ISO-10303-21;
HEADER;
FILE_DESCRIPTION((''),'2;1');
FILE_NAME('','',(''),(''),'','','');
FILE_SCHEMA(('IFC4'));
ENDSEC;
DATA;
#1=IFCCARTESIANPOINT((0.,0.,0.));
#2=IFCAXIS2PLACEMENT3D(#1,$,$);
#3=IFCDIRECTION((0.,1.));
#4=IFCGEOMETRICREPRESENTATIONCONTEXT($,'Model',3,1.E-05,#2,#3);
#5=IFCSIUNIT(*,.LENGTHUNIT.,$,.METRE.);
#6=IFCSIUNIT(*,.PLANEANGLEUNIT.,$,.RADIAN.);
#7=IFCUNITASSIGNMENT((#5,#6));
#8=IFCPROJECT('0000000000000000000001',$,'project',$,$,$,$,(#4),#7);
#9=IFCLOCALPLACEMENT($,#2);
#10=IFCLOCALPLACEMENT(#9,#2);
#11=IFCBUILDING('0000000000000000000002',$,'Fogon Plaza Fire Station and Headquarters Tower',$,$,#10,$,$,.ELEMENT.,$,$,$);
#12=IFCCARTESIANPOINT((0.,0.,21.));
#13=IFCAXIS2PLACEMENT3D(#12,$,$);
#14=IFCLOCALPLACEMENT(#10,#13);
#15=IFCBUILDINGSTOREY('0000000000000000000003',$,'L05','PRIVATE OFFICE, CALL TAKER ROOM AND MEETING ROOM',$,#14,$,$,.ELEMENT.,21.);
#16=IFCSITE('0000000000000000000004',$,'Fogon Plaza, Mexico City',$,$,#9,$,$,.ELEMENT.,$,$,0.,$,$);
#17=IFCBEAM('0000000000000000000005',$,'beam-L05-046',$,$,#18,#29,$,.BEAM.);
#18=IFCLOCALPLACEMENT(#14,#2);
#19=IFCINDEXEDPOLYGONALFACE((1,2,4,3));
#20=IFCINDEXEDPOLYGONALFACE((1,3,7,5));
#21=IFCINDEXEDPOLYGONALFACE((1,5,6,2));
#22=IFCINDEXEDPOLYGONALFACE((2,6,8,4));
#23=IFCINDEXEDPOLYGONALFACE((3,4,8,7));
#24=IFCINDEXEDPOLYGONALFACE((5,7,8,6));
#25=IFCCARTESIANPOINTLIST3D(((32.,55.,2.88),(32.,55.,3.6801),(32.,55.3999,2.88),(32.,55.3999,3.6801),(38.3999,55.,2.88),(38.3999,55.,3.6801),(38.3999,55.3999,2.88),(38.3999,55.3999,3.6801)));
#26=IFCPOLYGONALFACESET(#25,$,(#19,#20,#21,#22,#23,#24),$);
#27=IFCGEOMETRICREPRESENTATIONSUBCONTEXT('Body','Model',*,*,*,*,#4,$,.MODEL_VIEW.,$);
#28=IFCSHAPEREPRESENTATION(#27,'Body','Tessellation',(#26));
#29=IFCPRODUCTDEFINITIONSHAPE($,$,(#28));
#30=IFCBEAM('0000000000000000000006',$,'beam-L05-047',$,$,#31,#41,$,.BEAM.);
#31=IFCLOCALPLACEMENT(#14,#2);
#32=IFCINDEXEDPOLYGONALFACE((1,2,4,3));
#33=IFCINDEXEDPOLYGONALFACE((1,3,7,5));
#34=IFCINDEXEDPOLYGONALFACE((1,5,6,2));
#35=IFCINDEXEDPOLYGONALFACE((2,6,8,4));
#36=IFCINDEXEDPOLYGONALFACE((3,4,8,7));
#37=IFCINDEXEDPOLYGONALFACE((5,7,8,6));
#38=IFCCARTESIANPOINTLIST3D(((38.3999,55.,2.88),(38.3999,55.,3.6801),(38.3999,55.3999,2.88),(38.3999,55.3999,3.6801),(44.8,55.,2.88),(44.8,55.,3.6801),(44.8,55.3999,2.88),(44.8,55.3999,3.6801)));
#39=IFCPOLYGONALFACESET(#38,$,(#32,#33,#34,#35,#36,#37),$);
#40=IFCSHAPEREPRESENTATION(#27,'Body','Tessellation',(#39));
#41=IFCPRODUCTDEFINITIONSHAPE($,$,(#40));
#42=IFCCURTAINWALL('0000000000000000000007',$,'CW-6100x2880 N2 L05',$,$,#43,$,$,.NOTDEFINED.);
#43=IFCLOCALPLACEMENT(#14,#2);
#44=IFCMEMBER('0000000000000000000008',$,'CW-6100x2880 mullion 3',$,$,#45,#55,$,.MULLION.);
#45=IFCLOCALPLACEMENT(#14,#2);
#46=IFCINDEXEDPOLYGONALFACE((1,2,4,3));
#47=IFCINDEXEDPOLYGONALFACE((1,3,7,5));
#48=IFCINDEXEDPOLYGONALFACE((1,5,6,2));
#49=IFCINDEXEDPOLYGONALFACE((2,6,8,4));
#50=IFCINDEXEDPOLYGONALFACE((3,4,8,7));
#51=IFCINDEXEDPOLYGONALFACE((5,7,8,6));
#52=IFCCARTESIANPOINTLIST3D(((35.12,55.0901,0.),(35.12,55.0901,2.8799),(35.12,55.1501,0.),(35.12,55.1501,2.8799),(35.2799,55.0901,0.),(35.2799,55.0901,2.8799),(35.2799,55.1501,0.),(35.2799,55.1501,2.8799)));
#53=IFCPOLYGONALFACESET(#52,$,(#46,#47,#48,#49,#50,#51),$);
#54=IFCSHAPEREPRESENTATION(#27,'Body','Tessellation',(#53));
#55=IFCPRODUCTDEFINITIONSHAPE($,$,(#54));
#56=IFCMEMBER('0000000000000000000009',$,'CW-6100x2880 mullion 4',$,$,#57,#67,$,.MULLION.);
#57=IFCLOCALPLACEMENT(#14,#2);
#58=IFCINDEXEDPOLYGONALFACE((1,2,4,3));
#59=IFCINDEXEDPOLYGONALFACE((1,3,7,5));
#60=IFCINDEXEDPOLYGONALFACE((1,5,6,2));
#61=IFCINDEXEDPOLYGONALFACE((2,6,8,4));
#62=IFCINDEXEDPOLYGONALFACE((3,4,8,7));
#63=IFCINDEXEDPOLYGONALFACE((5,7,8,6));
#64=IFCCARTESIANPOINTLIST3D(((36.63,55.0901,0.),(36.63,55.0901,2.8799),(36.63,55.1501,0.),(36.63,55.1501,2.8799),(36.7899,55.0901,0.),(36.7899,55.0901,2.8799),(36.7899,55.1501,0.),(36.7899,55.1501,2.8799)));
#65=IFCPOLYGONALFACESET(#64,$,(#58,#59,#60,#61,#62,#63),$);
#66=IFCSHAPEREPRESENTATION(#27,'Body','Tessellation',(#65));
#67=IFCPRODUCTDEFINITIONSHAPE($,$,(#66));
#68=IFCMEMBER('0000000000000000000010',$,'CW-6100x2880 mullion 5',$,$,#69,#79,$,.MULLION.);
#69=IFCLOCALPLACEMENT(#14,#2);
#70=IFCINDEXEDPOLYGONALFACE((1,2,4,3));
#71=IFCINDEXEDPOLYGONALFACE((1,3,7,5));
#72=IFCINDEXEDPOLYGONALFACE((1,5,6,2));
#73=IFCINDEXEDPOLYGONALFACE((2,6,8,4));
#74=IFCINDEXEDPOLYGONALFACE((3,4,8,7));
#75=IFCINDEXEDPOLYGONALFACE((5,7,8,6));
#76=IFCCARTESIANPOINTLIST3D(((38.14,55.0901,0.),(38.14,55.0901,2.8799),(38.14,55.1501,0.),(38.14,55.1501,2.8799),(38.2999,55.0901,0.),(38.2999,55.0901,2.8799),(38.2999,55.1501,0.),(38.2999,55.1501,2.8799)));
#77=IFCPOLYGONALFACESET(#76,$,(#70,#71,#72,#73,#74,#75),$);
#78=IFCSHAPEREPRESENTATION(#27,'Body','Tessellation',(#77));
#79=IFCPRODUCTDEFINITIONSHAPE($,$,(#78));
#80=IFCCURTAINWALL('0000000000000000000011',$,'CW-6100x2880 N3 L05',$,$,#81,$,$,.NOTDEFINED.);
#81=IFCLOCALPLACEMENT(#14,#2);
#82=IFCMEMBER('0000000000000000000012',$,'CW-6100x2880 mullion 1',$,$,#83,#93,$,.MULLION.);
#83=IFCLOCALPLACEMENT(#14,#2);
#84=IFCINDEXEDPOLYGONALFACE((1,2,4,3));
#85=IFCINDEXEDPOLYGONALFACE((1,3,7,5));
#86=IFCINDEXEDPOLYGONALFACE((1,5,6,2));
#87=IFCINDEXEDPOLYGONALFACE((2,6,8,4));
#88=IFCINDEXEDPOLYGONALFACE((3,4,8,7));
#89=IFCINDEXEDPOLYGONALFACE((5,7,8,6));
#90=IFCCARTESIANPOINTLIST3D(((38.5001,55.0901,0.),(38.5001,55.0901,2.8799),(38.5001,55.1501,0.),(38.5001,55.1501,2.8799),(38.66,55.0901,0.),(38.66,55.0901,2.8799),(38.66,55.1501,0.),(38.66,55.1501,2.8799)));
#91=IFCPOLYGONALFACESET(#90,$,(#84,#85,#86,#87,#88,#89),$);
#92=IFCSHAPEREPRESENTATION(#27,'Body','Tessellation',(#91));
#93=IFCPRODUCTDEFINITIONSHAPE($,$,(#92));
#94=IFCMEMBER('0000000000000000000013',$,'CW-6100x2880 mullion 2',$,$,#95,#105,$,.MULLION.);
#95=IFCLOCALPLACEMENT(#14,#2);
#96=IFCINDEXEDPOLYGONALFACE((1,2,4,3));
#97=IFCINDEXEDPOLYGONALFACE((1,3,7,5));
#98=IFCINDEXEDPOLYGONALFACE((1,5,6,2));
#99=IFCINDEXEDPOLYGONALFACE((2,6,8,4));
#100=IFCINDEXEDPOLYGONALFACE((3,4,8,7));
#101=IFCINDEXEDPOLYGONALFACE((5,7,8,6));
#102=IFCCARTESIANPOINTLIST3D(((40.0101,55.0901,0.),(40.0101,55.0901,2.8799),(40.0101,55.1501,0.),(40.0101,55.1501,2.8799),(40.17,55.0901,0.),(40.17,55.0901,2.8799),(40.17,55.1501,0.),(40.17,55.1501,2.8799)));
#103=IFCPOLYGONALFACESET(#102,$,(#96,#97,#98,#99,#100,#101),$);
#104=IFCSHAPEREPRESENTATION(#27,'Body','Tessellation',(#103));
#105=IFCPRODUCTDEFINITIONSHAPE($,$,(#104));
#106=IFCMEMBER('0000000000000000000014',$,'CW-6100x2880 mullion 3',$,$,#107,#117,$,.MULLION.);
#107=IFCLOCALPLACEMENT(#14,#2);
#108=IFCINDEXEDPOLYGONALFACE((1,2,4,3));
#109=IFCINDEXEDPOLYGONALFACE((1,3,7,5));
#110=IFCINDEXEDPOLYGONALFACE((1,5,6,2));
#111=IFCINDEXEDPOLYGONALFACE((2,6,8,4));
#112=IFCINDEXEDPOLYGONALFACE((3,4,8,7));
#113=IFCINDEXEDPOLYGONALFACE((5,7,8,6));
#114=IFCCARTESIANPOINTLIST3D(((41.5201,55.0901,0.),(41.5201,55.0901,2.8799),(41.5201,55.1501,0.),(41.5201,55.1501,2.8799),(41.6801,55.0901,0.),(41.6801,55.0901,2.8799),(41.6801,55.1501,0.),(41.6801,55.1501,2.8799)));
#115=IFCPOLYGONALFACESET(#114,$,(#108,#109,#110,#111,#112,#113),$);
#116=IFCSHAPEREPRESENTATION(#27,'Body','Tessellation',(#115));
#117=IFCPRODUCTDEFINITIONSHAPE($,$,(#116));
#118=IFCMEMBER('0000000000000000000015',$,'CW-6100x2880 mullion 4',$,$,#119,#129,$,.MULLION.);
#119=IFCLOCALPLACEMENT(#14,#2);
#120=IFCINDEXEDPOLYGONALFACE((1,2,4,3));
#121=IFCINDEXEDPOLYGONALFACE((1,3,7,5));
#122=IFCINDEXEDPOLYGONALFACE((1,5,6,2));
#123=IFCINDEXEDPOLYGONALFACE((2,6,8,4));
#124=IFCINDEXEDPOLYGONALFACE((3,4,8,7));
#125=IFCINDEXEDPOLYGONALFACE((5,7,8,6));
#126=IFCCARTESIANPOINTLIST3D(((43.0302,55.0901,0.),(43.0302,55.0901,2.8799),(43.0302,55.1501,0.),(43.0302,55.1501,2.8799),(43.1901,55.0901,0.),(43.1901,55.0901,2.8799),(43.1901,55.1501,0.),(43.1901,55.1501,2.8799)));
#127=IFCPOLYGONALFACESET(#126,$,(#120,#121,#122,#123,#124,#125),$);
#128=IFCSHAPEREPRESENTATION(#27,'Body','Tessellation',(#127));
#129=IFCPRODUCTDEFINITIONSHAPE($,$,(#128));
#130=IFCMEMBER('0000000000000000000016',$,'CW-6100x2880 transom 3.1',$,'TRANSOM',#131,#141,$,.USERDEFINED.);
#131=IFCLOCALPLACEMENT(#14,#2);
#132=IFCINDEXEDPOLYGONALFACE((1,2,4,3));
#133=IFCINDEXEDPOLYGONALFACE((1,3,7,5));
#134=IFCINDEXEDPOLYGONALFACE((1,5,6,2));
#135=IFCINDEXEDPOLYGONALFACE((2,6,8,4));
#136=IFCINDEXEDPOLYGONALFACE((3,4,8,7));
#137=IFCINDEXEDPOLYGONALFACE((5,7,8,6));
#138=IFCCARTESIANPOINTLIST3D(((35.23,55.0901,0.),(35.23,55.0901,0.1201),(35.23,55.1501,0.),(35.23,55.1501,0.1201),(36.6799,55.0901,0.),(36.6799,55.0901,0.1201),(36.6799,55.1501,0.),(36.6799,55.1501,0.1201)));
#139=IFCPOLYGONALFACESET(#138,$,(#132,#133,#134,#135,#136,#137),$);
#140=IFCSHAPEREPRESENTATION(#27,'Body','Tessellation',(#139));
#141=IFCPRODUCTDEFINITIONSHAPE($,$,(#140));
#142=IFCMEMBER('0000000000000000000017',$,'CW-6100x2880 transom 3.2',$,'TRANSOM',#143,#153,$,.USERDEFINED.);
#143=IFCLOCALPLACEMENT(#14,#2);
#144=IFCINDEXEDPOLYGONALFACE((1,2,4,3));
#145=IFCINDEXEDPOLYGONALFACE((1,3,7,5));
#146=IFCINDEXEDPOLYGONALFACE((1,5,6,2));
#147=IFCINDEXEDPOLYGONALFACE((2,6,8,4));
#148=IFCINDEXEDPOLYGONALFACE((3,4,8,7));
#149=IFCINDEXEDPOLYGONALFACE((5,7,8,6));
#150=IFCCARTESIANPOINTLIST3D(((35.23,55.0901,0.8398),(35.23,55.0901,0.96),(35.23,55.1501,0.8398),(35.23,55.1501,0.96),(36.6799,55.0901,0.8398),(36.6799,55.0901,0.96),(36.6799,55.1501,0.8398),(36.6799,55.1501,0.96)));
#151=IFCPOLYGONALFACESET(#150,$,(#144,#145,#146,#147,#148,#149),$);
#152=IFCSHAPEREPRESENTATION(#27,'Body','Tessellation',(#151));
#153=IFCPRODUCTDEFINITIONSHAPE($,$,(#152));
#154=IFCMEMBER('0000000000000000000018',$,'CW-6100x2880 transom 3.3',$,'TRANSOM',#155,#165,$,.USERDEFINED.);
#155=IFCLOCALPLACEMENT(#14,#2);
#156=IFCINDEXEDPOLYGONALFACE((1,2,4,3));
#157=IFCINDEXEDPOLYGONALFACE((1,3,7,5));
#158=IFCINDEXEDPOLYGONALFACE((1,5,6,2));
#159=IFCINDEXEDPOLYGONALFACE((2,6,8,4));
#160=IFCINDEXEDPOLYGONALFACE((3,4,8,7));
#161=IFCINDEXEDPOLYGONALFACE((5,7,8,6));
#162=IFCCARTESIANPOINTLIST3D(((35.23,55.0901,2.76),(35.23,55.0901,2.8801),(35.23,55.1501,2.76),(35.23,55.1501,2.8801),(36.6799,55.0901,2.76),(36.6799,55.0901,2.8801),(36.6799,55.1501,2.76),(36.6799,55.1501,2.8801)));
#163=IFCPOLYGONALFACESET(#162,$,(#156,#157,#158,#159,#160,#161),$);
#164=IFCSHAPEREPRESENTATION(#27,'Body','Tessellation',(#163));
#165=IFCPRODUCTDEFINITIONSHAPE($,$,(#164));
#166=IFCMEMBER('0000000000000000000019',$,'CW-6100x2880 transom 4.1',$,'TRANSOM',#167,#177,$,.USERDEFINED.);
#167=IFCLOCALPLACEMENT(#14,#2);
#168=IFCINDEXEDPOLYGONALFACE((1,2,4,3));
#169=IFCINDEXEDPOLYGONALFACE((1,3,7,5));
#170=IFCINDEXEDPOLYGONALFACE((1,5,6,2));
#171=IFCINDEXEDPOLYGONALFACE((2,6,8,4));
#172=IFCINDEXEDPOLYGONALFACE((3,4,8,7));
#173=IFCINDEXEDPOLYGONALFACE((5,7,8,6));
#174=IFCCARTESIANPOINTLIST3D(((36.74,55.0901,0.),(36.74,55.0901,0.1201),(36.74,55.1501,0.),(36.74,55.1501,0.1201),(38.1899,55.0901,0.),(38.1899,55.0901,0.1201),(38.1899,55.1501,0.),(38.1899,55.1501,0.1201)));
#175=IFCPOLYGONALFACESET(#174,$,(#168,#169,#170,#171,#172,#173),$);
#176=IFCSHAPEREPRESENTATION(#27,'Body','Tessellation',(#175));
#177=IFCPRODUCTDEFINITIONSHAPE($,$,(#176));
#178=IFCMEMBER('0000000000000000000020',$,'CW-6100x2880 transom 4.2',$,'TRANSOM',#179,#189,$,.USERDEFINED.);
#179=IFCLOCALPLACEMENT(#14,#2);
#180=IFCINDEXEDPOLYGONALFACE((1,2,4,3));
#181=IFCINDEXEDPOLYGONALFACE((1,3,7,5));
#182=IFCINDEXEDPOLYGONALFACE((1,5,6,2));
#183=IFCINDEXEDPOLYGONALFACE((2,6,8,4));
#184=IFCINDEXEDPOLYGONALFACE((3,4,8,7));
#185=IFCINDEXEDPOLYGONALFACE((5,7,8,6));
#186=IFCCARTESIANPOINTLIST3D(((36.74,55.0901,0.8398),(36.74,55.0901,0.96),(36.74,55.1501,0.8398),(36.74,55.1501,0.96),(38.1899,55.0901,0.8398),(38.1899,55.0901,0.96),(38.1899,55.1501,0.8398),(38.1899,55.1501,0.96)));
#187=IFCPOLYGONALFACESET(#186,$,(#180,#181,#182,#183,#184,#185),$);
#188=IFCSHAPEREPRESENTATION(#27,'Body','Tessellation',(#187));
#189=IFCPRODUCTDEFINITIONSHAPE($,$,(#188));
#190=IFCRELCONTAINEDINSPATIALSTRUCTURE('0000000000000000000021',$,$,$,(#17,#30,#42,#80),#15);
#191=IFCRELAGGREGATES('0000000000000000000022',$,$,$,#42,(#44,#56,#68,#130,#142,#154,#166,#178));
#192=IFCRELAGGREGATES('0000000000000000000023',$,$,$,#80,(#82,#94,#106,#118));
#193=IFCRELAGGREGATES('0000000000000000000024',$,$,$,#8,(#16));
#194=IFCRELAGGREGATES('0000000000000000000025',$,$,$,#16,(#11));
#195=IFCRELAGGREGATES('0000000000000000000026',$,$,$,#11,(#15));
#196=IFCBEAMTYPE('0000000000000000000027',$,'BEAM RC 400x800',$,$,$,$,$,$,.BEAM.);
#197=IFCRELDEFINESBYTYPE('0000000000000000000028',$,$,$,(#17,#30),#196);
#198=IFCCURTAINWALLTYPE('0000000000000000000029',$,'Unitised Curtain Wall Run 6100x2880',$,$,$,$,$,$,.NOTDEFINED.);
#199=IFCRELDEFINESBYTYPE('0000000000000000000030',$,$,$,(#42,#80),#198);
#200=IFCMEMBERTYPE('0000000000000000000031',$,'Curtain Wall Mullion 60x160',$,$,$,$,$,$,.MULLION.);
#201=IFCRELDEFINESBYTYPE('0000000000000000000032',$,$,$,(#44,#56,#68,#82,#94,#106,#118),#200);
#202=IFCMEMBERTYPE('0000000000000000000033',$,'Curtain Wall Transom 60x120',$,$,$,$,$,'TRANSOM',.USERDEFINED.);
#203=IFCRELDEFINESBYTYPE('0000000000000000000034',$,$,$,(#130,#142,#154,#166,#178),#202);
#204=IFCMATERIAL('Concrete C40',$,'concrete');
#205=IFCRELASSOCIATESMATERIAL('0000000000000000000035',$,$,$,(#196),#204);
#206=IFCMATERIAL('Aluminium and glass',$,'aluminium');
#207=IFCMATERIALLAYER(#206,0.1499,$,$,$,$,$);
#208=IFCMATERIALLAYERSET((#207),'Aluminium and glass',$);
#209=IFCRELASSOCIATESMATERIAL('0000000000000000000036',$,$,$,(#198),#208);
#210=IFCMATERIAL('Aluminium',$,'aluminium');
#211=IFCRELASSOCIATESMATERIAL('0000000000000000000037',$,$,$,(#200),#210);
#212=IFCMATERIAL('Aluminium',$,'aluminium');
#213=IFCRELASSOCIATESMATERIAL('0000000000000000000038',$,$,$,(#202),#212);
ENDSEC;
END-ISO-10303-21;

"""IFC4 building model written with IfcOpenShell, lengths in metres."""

from ifc_helpers import new_model, si_unit, direction, frame, origin, origin_2d, place, context, subcontext, project, spatial, rectangle, extrude, material, layer, layer_set, material_profile, profile_set, type_object, element, aggregate, save


model = new_model("IFC4")

# Units and contexts
model_context = context("Model", 3, precision=1e-05, world=origin(), true_north=direction((0.0, 1.0)))
body_context = subcontext(model_context, "Body", "Model", "MODEL_VIEW")
ifc_project = project(units=[si_unit("LENGTHUNIT", "METRE"), si_unit("PLANEANGLEUNIT", "RADIAN")], contexts=[model_context])

# Site, building, storey
site_placement = place(None, origin())
site = spatial("IfcSite", under=ifc_project, at=site_placement, Name="Fogon Plaza, Mexico City", CompositionType="ELEMENT", RefElevation=0.0)
building_placement = place(site_placement, origin())
building = spatial("IfcBuilding", under=site, at=building_placement, Name="Fogon Plaza Fire Station and Headquarters Tower", CompositionType="ELEMENT")
storey_placement = place(building_placement, frame((0.0, 0.0, 21.0)))
storey = spatial("IfcBuildingStorey", under=building, at=storey_placement, Name="L05", Description="PRIVATE OFFICE, CALL TAKER ROOM AND MEETING ROOM", CompositionType="ELEMENT", Elevation=21.0)

# Beams
ifc_material_1 = material(Name="Concrete C40", Category="concrete")
ifc_material_profile_1 = material_profile(ifc_material_1, rectangle(XDim=0.3999, YDim=0.8, at=origin_2d()), Name="RC 400x800")
ifc_profile_set_1 = profile_set([ifc_material_profile_1], Name="Concrete C40")
beam_type = type_object("IfcBeamType", Name="BEAM RC 400x800", PredefinedType="BEAM", material=ifc_profile_set_1)
beam_1_placement = place(storey_placement, frame((32.0, 55.2, 3.28), z_axis=(1.0, 0.0, 0.0), x_axis=(0.0, 1.0, 0.0)))
element("IfcBeam", 1, at=beam_1_placement, inside=storey, type_object=beam_type, Name="beam-L05-046", PredefinedType="BEAM", context=body_context, shape_type="SweptSolid", body=[
    extrude(rectangle(XDim=0.3999, YDim=0.8, at=origin_2d()), origin(), (0.0, 0.0, 1.0), 6.3999),
])
beam_2_placement = place(storey_placement, frame((38.3999, 55.2, 3.28), z_axis=(1.0, 0.0, 0.0), x_axis=(0.0, 1.0, 0.0)))
element("IfcBeam", 2, at=beam_2_placement, inside=storey, type_object=beam_type, Name="beam-L05-047", PredefinedType="BEAM", context=body_context, shape_type="SweptSolid", body=[
    extrude(rectangle(XDim=0.3999, YDim=0.8, at=origin_2d()), origin(), (0.0, 0.0, 1.0), 6.4001),
])

# Curtain walls, members
ifc_material_2 = material(Name="Aluminium and glass", Category="aluminium")
ifc_layer_1 = layer(ifc_material_2, 0.1499)
ifc_layer_set_1 = layer_set([ifc_layer_1], Name="Aluminium and glass")
curtain_wall_type = type_object("IfcCurtainWallType", Name="Unitised Curtain Wall Run 6100x2880", PredefinedType="NOTDEFINED", material=ifc_layer_set_1)
curtain_wall_1_placement = place(storey_placement, origin())
curtain_wall_1 = element("IfcCurtainWall", 3, at=curtain_wall_1_placement, inside=storey, type_object=curtain_wall_type, Name="CW-6100x2880 N2 L05", PredefinedType="NOTDEFINED")
ifc_material_3 = material(Name="Aluminium", Category="aluminium")
ifc_material_profile_2 = material_profile(ifc_material_3, rectangle(XDim=0.0601, YDim=0.1599, at=origin_2d()), Name="Curtain Wall Mullion 60x160")
ifc_profile_set_2 = profile_set([ifc_material_profile_2], Name="Aluminium")
member_type_1 = type_object("IfcMemberType", Name="Curtain Wall Mullion 60x160", PredefinedType="MULLION", material=ifc_profile_set_2)
member_1_placement = place(storey_placement, frame((35.2, 55.1201, 0.0), z_axis=(0.0, 0.0, 1.0), x_axis=(0.0, 1.0, 0.0)))
member_1 = element("IfcMember", 4, at=member_1_placement, type_object=member_type_1, Name="CW-6100x2880 mullion 3", PredefinedType="MULLION", context=body_context, shape_type="SweptSolid", body=[
    extrude(rectangle(XDim=0.0601, YDim=0.1599, at=origin_2d()), origin(), (0.0, 0.0, 1.0), 2.8799),
])
member_2_placement = place(storey_placement, frame((36.71, 55.1201, 0.0), z_axis=(0.0, 0.0, 1.0), x_axis=(0.0, 1.0, 0.0)))
member_2 = element("IfcMember", 5, at=member_2_placement, type_object=member_type_1, Name="CW-6100x2880 mullion 4", PredefinedType="MULLION", context=body_context, shape_type="SweptSolid", body=[
    extrude(rectangle(XDim=0.0601, YDim=0.1599, at=origin_2d()), origin(), (0.0, 0.0, 1.0), 2.8799),
])
member_3_placement = place(storey_placement, frame((38.22, 55.1201, 0.0), z_axis=(0.0, 0.0, 1.0), x_axis=(0.0, 1.0, 0.0)))
member_3 = element("IfcMember", 6, at=member_3_placement, type_object=member_type_1, Name="CW-6100x2880 mullion 5", PredefinedType="MULLION", context=body_context, shape_type="SweptSolid", body=[
    extrude(rectangle(XDim=0.0601, YDim=0.1599, at=origin_2d()), origin(), (0.0, 0.0, 1.0), 2.8799),
])
curtain_wall_2_placement = place(storey_placement, origin())
curtain_wall_2 = element("IfcCurtainWall", 7, at=curtain_wall_2_placement, inside=storey, type_object=curtain_wall_type, Name="CW-6100x2880 N3 L05", PredefinedType="NOTDEFINED")
member_4_placement = place(storey_placement, frame((38.5801, 55.1201, 0.0), z_axis=(0.0, 0.0, 1.0), x_axis=(0.0, 1.0, 0.0)))
member_4 = element("IfcMember", 8, at=member_4_placement, type_object=member_type_1, Name="CW-6100x2880 mullion 1", PredefinedType="MULLION", context=body_context, shape_type="SweptSolid", body=[
    extrude(rectangle(XDim=0.0601, YDim=0.1599, at=origin_2d()), origin(), (0.0, 0.0, 1.0), 2.8799),
])
member_5_placement = place(storey_placement, frame((40.0901, 55.1201, 0.0), z_axis=(0.0, 0.0, 1.0), x_axis=(0.0, 1.0, 0.0)))
member_5 = element("IfcMember", 9, at=member_5_placement, type_object=member_type_1, Name="CW-6100x2880 mullion 2", PredefinedType="MULLION", context=body_context, shape_type="SweptSolid", body=[
    extrude(rectangle(XDim=0.0601, YDim=0.1599, at=origin_2d()), origin(), (0.0, 0.0, 1.0), 2.8799),
])
member_6_placement = place(storey_placement, frame((41.6001, 55.1201, 0.0), z_axis=(0.0, 0.0, 1.0), x_axis=(0.0, 1.0, 0.0)))
member_6 = element("IfcMember", 10, at=member_6_placement, type_object=member_type_1, Name="CW-6100x2880 mullion 3", PredefinedType="MULLION", context=body_context, shape_type="SweptSolid", body=[
    extrude(rectangle(XDim=0.0601, YDim=0.1599, at=origin_2d()), origin(), (0.0, 0.0, 1.0), 2.8799),
])
member_7_placement = place(storey_placement, frame((43.1101, 55.1201, 0.0), z_axis=(0.0, 0.0, 1.0), x_axis=(0.0, 1.0, 0.0)))
member_7 = element("IfcMember", 11, at=member_7_placement, type_object=member_type_1, Name="CW-6100x2880 mullion 4", PredefinedType="MULLION", context=body_context, shape_type="SweptSolid", body=[
    extrude(rectangle(XDim=0.0601, YDim=0.1599, at=origin_2d()), origin(), (0.0, 0.0, 1.0), 2.8799),
])

# Members
ifc_material_4 = material(Name="Aluminium", Category="aluminium")
ifc_material_profile_3 = material_profile(ifc_material_4, rectangle(XDim=0.0601, YDim=0.1201, at=origin_2d()), Name="Curtain Wall Transom 60x120")
ifc_profile_set_3 = profile_set([ifc_material_profile_3], Name="Aluminium")
member_type_2 = type_object("IfcMemberType", Name="Curtain Wall Transom 60x120", ElementType="TRANSOM", PredefinedType="USERDEFINED", material=ifc_profile_set_3)
member_8_placement = place(storey_placement, frame((35.23, 55.1201, 0.0601), z_axis=(1.0, 0.0, 0.0), x_axis=(0.0, 1.0, 0.0)))
member_8 = element("IfcMember", 12, at=member_8_placement, type_object=member_type_2, Name="CW-6100x2880 transom 3.1", ObjectType="TRANSOM", PredefinedType="USERDEFINED", context=body_context, shape_type="SweptSolid", body=[
    extrude(rectangle(XDim=0.0601, YDim=0.1201, at=origin_2d()), origin(), (0.0, 0.0, 1.0), 1.45),
])
member_9_placement = place(storey_placement, frame((35.23, 55.1201, 0.8999), z_axis=(1.0, 0.0, 0.0), x_axis=(0.0, 1.0, 0.0)))
member_9 = element("IfcMember", 13, at=member_9_placement, type_object=member_type_2, Name="CW-6100x2880 transom 3.2", ObjectType="TRANSOM", PredefinedType="USERDEFINED", context=body_context, shape_type="SweptSolid", body=[
    extrude(rectangle(XDim=0.0601, YDim=0.1201, at=origin_2d()), origin(), (0.0, 0.0, 1.0), 1.45),
])
member_10_placement = place(storey_placement, frame((35.23, 55.1201, 2.8201), z_axis=(1.0, 0.0, 0.0), x_axis=(0.0, 1.0, 0.0)))
member_10 = element("IfcMember", 14, at=member_10_placement, type_object=member_type_2, Name="CW-6100x2880 transom 3.3", ObjectType="TRANSOM", PredefinedType="USERDEFINED", context=body_context, shape_type="SweptSolid", body=[
    extrude(rectangle(XDim=0.0601, YDim=0.1201, at=origin_2d()), origin(), (0.0, 0.0, 1.0), 1.45),
])
member_11_placement = place(storey_placement, frame((36.74, 55.1201, 0.0601), z_axis=(1.0, 0.0, 0.0), x_axis=(0.0, 1.0, 0.0)))
member_11 = element("IfcMember", 15, at=member_11_placement, type_object=member_type_2, Name="CW-6100x2880 transom 4.1", ObjectType="TRANSOM", PredefinedType="USERDEFINED", context=body_context, shape_type="SweptSolid", body=[
    extrude(rectangle(XDim=0.0601, YDim=0.1201, at=origin_2d()), origin(), (0.0, 0.0, 1.0), 1.45),
])
member_12_placement = place(storey_placement, frame((36.74, 55.1201, 0.8999), z_axis=(1.0, 0.0, 0.0), x_axis=(0.0, 1.0, 0.0)))
member_12 = element("IfcMember", 16, at=member_12_placement, type_object=member_type_2, Name="CW-6100x2880 transom 4.2", ObjectType="TRANSOM", PredefinedType="USERDEFINED", context=body_context, shape_type="SweptSolid", body=[
    extrude(rectangle(XDim=0.0601, YDim=0.1201, at=origin_2d()), origin(), (0.0, 0.0, 1.0), 1.45),
])

aggregate(curtain_wall_1, [member_1, member_2, member_3, member_8, member_9, member_10, member_11, member_12])
aggregate(curtain_wall_2, [member_4, member_5, member_6, member_7])

save(model, "model.ifc")
